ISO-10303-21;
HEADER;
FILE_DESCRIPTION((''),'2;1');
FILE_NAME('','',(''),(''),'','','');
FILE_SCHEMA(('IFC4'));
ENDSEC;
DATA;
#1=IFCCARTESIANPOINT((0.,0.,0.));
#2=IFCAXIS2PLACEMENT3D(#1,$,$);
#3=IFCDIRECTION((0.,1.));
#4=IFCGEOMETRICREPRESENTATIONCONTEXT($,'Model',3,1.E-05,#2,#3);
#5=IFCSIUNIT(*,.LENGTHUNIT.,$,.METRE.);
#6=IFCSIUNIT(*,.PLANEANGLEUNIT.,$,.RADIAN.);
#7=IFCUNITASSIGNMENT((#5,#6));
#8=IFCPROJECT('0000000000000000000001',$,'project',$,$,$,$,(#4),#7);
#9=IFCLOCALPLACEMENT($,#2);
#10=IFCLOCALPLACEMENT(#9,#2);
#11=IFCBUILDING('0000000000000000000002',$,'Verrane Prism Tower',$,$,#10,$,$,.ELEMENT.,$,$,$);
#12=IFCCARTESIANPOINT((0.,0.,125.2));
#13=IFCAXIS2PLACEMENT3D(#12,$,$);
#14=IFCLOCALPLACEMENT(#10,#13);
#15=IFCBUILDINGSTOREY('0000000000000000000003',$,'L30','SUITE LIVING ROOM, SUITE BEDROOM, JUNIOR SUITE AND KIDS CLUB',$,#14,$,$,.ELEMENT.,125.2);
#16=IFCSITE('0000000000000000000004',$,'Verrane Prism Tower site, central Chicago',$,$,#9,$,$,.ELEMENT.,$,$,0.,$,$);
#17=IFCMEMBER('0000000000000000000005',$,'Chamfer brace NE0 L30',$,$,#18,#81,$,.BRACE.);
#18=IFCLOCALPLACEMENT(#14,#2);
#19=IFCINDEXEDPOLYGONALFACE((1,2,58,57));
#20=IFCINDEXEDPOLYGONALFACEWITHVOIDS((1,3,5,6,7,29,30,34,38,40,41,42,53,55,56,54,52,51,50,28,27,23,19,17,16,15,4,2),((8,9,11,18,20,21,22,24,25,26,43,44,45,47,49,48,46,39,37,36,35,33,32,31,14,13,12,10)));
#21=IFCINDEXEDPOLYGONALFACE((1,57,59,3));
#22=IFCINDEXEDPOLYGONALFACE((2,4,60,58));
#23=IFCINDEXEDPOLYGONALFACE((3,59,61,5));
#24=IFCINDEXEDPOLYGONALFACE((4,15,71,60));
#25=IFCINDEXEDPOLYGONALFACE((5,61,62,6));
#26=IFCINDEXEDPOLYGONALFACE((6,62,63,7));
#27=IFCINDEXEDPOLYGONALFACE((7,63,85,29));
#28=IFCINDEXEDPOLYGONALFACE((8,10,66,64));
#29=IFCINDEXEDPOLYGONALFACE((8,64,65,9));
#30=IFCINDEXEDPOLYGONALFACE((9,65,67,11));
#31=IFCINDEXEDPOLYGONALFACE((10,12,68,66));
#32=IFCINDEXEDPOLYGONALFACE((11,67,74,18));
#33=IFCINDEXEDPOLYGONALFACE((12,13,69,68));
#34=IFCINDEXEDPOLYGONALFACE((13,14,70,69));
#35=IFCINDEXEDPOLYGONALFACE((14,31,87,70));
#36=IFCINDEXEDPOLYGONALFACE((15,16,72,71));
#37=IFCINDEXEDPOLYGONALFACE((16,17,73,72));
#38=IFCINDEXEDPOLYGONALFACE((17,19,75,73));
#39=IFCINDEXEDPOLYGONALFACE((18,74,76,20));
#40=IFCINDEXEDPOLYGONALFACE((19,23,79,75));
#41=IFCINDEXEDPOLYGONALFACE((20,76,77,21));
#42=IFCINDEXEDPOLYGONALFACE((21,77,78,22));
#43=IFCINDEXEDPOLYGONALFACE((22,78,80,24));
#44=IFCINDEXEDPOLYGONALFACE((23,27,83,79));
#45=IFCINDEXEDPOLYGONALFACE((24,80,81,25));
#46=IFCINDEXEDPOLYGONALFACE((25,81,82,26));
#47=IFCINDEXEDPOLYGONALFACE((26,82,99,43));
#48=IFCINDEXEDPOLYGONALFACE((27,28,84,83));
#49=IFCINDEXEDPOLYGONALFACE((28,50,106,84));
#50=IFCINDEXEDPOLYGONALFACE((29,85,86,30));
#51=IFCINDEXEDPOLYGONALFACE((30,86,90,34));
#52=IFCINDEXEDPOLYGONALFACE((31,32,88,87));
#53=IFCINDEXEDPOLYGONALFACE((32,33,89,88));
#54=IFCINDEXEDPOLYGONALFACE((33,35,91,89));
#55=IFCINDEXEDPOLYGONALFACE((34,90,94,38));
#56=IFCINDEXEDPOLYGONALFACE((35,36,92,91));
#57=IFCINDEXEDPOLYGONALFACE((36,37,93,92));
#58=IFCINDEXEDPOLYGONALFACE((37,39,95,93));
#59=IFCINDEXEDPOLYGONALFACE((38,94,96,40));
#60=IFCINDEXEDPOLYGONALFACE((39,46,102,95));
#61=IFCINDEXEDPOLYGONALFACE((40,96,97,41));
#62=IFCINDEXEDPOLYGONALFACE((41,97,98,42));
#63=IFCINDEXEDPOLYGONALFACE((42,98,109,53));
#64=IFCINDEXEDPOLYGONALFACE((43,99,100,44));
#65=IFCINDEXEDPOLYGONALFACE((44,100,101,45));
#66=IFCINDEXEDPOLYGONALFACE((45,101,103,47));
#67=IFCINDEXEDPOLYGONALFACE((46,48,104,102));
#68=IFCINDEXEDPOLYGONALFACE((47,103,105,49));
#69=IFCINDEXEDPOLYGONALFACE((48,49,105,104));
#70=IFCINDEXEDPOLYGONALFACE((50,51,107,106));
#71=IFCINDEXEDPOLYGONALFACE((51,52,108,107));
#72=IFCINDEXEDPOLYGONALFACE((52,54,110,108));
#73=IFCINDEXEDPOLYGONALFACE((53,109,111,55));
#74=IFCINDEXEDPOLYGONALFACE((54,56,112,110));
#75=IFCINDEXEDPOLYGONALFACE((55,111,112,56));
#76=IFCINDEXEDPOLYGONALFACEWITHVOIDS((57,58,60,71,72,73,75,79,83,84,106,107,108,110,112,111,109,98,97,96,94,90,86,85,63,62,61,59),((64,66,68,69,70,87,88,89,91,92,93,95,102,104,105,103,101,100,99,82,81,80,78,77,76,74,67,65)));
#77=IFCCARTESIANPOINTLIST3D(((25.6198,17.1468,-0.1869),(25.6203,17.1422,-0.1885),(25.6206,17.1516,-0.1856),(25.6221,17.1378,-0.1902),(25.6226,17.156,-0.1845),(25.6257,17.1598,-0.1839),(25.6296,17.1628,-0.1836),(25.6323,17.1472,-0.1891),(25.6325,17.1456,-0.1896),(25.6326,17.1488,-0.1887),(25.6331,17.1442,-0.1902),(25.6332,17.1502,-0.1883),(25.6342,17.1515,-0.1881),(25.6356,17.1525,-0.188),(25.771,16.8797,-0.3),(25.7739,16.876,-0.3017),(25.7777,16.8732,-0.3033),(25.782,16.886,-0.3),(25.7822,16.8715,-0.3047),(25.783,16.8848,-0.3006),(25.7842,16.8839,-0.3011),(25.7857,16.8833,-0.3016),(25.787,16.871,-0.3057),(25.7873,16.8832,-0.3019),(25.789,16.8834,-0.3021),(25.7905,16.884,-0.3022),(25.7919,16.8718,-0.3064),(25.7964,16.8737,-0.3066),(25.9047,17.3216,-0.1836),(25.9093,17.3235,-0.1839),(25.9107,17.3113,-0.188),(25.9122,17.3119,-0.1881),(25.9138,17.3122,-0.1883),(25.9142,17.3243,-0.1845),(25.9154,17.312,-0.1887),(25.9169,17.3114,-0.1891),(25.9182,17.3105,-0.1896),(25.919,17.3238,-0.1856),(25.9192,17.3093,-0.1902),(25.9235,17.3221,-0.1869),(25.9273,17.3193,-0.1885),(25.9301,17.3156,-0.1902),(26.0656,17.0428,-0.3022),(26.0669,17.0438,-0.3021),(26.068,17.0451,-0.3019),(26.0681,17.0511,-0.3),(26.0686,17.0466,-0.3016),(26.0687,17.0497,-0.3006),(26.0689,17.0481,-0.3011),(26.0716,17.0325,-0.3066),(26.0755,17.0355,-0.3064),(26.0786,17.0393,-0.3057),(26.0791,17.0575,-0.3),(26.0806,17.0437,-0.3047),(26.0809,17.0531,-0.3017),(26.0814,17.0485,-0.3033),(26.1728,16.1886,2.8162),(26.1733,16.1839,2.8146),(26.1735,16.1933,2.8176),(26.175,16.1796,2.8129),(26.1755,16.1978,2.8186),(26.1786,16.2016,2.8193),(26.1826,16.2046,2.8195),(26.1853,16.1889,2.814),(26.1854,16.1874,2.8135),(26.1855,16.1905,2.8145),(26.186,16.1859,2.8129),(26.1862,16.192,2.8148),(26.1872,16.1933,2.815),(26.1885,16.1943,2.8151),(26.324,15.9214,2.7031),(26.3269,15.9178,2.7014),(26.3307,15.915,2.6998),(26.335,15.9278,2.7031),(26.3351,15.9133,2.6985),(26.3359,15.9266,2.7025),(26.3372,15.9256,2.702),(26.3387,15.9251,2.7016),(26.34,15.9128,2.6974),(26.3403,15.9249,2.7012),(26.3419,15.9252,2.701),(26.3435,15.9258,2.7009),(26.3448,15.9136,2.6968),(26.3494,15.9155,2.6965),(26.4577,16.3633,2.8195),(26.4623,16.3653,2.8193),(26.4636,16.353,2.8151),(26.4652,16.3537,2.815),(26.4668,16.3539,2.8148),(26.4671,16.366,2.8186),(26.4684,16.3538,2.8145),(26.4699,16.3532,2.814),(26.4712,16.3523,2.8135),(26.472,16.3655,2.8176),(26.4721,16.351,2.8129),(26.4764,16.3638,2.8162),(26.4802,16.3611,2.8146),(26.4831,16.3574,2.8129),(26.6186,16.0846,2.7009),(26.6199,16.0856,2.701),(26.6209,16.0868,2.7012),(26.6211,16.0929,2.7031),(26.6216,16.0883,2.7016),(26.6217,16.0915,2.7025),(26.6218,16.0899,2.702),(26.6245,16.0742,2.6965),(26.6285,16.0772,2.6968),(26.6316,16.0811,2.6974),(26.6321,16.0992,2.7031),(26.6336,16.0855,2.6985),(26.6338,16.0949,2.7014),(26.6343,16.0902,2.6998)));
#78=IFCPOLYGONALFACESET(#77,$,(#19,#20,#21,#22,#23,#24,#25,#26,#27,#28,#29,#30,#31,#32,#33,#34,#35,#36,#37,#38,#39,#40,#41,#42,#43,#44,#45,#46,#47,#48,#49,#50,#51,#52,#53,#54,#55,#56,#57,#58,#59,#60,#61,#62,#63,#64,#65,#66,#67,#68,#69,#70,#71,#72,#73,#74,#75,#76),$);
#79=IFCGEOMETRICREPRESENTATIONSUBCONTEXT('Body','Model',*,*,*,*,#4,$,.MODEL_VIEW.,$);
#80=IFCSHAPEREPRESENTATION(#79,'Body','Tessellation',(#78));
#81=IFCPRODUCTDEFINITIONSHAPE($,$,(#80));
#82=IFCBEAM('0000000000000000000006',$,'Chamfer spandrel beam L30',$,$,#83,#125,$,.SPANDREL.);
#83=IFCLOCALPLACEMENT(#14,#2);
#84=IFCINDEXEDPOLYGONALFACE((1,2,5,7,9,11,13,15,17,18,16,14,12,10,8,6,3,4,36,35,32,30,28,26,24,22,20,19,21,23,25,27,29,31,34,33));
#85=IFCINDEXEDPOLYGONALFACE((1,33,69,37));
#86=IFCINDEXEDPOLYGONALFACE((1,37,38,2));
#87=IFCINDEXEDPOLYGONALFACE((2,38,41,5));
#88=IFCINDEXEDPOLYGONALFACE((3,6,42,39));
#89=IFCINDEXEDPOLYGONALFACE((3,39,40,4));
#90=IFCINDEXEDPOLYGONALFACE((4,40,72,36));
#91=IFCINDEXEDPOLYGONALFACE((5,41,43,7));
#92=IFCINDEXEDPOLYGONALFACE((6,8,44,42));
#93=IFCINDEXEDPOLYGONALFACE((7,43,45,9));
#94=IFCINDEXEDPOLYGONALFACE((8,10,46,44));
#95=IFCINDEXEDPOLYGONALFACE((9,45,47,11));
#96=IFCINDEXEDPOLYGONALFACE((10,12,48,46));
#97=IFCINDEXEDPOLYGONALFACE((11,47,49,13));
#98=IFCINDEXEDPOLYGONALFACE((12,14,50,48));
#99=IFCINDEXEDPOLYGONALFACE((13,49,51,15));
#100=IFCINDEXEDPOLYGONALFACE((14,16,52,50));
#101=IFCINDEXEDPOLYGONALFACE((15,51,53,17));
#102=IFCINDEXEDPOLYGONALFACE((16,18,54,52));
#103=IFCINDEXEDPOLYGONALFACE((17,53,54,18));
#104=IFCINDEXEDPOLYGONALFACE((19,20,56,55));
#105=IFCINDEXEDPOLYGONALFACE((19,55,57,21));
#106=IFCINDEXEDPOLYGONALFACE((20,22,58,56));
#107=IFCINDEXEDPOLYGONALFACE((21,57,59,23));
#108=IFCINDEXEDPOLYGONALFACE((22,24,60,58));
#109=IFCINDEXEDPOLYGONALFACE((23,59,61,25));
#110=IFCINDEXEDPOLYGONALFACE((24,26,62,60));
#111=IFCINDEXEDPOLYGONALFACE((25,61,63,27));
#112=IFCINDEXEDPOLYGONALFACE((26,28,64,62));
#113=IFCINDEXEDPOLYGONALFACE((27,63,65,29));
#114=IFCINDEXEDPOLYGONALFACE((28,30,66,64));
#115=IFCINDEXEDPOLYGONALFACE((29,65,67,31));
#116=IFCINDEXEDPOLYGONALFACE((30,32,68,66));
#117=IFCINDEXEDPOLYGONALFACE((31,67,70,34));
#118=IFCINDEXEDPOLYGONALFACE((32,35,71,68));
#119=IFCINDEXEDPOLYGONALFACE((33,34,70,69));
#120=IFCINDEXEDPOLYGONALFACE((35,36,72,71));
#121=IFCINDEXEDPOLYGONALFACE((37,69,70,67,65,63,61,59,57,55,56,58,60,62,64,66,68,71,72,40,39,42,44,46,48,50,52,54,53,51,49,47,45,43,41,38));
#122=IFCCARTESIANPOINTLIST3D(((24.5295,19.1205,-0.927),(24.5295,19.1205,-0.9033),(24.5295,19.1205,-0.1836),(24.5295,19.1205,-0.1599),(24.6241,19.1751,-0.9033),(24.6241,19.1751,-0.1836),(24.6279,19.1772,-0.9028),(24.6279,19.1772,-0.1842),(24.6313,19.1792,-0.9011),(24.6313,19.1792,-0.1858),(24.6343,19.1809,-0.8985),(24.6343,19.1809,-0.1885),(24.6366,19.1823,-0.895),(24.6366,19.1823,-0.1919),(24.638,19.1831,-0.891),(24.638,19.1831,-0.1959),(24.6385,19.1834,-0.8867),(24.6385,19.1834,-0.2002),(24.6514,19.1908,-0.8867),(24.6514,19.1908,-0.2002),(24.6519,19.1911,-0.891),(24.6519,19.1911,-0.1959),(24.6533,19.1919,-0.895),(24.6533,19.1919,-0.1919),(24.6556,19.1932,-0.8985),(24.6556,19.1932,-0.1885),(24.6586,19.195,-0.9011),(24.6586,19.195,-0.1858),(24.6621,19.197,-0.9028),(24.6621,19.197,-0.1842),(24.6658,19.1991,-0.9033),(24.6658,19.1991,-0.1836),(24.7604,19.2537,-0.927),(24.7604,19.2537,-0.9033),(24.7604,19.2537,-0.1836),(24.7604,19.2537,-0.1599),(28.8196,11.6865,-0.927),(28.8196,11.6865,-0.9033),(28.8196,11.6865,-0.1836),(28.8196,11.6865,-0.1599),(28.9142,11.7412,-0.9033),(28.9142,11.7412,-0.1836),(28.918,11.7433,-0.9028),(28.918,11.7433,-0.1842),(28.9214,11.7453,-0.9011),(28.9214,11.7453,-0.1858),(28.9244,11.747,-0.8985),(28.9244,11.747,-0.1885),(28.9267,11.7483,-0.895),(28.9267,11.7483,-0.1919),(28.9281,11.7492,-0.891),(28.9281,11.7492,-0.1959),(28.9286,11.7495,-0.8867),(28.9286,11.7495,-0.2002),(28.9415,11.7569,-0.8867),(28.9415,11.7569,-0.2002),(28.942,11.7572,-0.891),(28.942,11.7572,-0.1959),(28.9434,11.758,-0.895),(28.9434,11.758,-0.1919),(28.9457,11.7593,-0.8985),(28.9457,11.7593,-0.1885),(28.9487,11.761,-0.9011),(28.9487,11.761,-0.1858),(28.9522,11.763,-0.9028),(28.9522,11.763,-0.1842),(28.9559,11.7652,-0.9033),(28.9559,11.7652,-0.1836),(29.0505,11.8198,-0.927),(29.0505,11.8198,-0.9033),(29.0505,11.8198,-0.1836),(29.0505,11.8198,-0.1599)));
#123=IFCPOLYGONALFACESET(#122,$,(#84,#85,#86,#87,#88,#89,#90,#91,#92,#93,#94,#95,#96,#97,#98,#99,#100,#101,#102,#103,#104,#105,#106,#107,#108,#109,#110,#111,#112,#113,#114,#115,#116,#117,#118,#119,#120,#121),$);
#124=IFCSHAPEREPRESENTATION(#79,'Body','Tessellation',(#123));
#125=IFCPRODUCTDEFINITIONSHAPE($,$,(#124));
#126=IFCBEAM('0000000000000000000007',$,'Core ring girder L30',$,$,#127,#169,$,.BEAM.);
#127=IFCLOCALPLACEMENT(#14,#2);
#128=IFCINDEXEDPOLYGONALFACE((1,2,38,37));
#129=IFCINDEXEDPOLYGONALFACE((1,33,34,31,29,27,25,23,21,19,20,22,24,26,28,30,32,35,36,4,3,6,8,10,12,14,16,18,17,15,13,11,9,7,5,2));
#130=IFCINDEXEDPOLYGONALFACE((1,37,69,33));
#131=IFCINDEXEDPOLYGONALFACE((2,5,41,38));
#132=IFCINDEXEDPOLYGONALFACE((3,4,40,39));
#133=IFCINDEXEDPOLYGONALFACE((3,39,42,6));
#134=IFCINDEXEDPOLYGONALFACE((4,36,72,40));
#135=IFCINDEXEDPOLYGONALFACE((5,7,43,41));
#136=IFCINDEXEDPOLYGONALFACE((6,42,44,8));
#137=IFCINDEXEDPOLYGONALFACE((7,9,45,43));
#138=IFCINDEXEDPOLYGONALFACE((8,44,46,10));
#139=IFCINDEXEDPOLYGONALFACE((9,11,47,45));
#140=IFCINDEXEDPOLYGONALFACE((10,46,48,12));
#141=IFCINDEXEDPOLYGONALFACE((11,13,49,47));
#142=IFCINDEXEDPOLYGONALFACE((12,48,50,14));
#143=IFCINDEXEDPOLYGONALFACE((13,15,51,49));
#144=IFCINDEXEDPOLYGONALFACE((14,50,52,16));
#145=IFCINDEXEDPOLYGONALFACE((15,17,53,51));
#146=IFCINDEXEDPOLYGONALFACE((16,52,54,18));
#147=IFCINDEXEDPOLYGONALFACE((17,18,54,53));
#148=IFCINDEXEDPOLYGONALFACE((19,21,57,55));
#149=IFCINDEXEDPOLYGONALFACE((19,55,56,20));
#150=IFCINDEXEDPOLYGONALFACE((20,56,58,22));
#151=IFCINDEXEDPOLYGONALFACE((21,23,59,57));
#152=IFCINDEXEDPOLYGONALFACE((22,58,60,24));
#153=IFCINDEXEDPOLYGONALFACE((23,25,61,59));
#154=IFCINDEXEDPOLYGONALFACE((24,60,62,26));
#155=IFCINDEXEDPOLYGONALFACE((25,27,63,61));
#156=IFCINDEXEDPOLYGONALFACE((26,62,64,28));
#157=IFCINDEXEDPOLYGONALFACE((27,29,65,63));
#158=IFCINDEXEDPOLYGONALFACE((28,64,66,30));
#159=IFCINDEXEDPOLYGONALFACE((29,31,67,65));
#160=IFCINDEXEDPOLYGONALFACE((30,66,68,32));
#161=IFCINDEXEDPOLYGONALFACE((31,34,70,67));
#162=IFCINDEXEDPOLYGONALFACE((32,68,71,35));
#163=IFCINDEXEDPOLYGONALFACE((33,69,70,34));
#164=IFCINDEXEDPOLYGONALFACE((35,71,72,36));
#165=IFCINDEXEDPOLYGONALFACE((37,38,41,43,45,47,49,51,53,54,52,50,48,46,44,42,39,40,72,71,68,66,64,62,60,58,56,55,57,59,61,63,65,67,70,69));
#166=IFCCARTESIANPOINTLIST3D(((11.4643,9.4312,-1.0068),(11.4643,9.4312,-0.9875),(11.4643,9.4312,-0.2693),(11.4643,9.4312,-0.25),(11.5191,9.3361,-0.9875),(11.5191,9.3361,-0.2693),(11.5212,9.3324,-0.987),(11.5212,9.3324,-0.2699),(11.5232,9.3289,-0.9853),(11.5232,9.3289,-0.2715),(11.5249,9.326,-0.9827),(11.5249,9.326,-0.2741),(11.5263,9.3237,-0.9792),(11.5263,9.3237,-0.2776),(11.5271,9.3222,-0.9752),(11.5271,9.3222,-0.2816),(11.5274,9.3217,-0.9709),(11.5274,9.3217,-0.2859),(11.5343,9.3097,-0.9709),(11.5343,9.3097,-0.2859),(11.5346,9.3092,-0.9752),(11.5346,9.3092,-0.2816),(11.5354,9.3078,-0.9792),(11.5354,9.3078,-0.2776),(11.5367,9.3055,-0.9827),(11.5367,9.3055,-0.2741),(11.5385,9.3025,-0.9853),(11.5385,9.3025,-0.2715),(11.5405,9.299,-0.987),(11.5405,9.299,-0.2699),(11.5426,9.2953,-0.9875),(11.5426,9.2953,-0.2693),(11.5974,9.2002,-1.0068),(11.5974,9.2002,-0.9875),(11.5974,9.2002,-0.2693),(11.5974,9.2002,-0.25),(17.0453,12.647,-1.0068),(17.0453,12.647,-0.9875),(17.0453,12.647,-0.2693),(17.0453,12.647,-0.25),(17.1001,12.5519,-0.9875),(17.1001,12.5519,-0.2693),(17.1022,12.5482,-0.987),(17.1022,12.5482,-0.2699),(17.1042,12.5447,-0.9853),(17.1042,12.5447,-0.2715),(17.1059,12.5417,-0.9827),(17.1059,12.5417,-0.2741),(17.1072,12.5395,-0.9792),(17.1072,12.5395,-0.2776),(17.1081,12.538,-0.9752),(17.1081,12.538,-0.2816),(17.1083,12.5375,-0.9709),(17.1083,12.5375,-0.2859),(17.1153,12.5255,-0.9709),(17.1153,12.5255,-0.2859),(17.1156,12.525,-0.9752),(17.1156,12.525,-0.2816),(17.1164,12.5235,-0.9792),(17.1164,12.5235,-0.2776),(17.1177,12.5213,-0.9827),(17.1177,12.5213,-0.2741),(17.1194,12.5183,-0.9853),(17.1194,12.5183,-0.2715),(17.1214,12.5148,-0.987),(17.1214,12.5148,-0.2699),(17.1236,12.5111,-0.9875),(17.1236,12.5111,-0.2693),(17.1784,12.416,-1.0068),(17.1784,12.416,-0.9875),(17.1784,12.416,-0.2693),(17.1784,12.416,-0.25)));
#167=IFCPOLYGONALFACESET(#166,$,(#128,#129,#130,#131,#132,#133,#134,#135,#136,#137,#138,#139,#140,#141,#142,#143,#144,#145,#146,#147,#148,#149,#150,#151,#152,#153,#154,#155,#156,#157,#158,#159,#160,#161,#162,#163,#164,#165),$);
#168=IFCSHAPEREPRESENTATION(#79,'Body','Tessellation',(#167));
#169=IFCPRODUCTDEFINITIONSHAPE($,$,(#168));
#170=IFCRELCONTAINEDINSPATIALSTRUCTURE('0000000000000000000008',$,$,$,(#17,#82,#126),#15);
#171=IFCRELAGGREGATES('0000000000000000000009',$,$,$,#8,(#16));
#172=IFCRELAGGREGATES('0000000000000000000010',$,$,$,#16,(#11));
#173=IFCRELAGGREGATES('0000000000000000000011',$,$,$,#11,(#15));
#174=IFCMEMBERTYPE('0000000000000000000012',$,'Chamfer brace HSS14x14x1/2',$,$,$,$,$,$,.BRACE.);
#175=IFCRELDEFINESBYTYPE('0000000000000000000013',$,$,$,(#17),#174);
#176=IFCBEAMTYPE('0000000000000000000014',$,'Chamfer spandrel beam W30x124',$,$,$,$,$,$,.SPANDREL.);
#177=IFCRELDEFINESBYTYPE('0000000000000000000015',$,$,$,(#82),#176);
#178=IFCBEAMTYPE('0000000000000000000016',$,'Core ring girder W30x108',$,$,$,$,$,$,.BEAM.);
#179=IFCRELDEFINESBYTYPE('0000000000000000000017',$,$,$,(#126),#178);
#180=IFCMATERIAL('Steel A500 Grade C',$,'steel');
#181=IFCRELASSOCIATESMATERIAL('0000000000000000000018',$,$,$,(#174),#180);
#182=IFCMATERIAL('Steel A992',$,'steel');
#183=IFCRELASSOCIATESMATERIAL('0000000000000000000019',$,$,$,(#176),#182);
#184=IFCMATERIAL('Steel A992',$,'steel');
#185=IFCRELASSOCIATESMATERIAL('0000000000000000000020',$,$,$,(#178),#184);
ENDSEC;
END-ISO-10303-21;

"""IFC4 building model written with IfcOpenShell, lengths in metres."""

from ifc_helpers import new_model, si_unit, direction, frame, origin, origin_2d, place, context, subcontext, project, spatial, hollow_rectangle, i_section, extrude, material, material_profile, profile_set, type_object, element, save


model = new_model("IFC4")

# Units and contexts
model_context = context("Model", 3, precision=1e-05, world=origin(), true_north=direction((0.0, 1.0)))
body_context = subcontext(model_context, "Body", "Model", "MODEL_VIEW")
ifc_project = project(units=[si_unit("LENGTHUNIT", "METRE"), si_unit("PLANEANGLEUNIT", "RADIAN")], contexts=[model_context])

# Site, building, storey
site_placement = place(None, origin())
site = spatial("IfcSite", under=ifc_project, at=site_placement, Name="Verrane Prism Tower site, central Chicago", CompositionType="ELEMENT", RefElevation=0.0)
building_placement = place(site_placement, origin())
building = spatial("IfcBuilding", under=site, at=building_placement, Name="Verrane Prism Tower", CompositionType="ELEMENT")
storey_placement = place(building_placement, frame((0.0, 0.0, 125.2)))
storey = spatial("IfcBuildingStorey", under=building, at=storey_placement, Name="L30", Description="SUITE LIVING ROOM, SUITE BEDROOM, JUNIOR SUITE AND KIDS CLUB", CompositionType="ELEMENT", Elevation=125.2)

# Member
ifc_material_1 = material(Name="Steel A500 Grade C", Category="steel")
ifc_material_profile_1 = material_profile(ifc_material_1, hollow_rectangle(XDim=0.3557, YDim=0.3557, WallThickness=0.0127, InnerFilletRadius=0.0063, OuterFilletRadius=0.019, at=origin_2d()), Name="HSS14x14x1/2")
ifc_profile_set_1 = profile_set([ifc_material_profile_1], Name="Steel A500 Grade C")
member_type_1 = type_object("IfcMemberType", Name="Chamfer brace HSS14x14x1/2", PredefinedType="BRACE", material=ifc_profile_set_1)
member_1_placement = place(storey_placement, frame((25.8506, 17.0977, -0.2451), z_axis=(0.17278, -0.299409, 0.93835), x_axis=(0.86613, 0.499818, 0.0)))
element("IfcMember", 1, at=member_1_placement, inside=storey, type_object=member_type_1, Name="Chamfer brace NE0 L30", PredefinedType="BRACE", context=body_context, shape_type="SweptSolid", body=[
    extrude(hollow_rectangle(XDim=0.3557, YDim=0.3557, WallThickness=0.0127, InnerFilletRadius=0.0063, OuterFilletRadius=0.019, at=origin_2d()), origin(), (0.0, 0.0, 1.0), 3.2004),
])

# Beams
ifc_material_2 = material(Name="Steel A992", Category="steel")
ifc_material_profile_2 = material_profile(ifc_material_2, i_section(OverallWidth=0.2666, OverallDepth=0.7671, WebThickness=0.0149, FlangeThickness=0.0237, FilletRadius=0.0166, at=origin_2d()), Name="W30x124")
ifc_profile_set_2 = profile_set([ifc_material_profile_2], Name="Steel A992")
beam_type_1 = type_object("IfcBeamType", Name="Chamfer spandrel beam W30x124", PredefinedType="SPANDREL", material=ifc_profile_set_2)
beam_1_placement = place(storey_placement, frame((28.9351, 11.7532, -0.5435), z_axis=(-0.499835, 0.866121, 0.0), x_axis=(-0.866121, -0.499835, 0.0)))
element("IfcBeam", 2, at=beam_1_placement, inside=storey, type_object=beam_type_1, Name="Chamfer spandrel beam L30", PredefinedType="SPANDREL", context=body_context, shape_type="SweptSolid", body=[
    extrude(i_section(OverallWidth=0.2666, OverallDepth=0.7671, WebThickness=0.0149, FlangeThickness=0.0237, FilletRadius=0.0166, at=origin_2d()), origin(), (0.0, 0.0, 1.0), 8.583),
])
ifc_material_3 = material(Name="Steel A992", Category="steel")
ifc_material_profile_3 = material_profile(ifc_material_3, i_section(OverallWidth=0.2666, OverallDepth=0.7568, WebThickness=0.0139, FlangeThickness=0.0193, FilletRadius=0.0166, at=origin_2d()), Name="W30x108")
ifc_profile_set_3 = profile_set([ifc_material_profile_3], Name="Steel A992")
beam_type_2 = type_object("IfcBeamType", Name="Core ring girder W30x108", PredefinedType="BEAM", material=ifc_profile_set_3)
beam_2_placement = place(storey_placement, frame((17.1118, 12.5315, -0.6284), z_axis=(-0.866456, -0.499254, 0.0), x_axis=(0.499254, -0.866456, 0.0)))
element("IfcBeam", 3, at=beam_2_placement, inside=storey, type_object=beam_type_2, Name="Core ring girder L30", PredefinedType="BEAM", context=body_context, shape_type="SweptSolid", body=[
    extrude(i_section(OverallWidth=0.2666, OverallDepth=0.7568, WebThickness=0.0139, FlangeThickness=0.0193, FilletRadius=0.0166, at=origin_2d()), origin(), (0.0, 0.0, 1.0), 6.4412),
])

save(model, "model.ifc")
